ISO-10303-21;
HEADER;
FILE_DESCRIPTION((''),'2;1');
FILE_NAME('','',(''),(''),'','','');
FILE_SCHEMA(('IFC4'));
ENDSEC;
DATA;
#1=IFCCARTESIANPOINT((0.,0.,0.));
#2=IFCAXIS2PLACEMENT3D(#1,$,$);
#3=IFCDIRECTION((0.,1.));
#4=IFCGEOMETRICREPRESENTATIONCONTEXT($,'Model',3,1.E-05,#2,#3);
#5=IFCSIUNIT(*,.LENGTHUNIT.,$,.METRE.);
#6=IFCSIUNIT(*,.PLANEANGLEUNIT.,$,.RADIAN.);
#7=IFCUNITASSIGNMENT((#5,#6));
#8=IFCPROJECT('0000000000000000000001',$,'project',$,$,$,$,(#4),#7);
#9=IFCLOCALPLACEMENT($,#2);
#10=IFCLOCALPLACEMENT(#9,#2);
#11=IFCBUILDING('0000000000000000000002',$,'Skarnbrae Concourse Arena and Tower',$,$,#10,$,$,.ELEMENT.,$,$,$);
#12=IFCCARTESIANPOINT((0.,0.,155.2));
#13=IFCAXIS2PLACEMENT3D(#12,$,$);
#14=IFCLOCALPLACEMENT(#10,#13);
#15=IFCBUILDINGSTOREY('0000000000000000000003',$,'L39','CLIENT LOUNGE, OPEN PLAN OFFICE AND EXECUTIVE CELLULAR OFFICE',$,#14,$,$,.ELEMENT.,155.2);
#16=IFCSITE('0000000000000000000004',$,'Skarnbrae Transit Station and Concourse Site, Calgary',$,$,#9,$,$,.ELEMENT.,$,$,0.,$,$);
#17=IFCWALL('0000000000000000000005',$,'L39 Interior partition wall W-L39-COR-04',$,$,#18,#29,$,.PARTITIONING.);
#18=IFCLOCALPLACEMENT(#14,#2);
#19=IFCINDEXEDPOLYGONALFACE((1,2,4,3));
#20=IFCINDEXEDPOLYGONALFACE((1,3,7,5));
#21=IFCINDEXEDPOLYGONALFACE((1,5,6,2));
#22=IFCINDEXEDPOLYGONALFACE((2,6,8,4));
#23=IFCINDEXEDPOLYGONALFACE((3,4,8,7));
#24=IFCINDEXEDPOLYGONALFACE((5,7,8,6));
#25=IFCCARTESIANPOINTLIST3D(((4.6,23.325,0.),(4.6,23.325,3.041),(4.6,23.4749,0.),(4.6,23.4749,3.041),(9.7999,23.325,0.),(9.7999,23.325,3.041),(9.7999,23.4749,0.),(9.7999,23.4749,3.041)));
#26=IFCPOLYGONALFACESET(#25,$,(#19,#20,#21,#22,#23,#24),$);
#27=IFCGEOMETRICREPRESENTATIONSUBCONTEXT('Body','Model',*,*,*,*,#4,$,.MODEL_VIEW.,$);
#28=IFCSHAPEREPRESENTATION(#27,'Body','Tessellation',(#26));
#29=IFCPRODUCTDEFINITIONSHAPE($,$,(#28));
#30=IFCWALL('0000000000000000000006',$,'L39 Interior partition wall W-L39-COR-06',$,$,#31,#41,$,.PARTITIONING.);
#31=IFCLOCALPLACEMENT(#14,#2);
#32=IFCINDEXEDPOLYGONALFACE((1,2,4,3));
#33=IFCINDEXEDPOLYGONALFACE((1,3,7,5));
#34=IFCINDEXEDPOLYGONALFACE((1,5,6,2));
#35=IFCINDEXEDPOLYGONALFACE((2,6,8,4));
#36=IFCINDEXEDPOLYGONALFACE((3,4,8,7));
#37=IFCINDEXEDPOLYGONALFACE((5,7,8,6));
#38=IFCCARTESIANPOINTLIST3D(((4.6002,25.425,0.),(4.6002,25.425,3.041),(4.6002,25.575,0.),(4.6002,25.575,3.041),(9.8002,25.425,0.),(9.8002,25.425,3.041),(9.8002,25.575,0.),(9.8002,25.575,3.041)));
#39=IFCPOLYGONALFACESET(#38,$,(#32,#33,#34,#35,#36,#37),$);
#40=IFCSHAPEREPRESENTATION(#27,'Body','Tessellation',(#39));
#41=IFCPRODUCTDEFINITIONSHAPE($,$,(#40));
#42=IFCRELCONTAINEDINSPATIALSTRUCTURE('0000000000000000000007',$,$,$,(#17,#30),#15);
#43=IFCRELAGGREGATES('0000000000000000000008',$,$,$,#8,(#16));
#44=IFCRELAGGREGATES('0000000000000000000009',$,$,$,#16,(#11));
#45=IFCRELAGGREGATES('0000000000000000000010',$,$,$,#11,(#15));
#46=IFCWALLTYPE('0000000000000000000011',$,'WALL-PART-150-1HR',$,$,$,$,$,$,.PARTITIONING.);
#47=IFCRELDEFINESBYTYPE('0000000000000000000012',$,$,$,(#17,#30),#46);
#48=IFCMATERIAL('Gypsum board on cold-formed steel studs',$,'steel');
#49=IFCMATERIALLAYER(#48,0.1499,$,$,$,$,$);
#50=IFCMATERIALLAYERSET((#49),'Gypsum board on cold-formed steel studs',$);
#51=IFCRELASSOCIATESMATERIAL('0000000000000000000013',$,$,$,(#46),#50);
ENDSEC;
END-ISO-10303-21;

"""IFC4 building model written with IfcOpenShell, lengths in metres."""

from ifc_helpers import new_model, si_unit, direction, frame, frame_2d, origin, place, context, subcontext, project, spatial, rectangle, extrude, source, transform, mapped, material, layer, layer_set, type_object, element, save


model = new_model("IFC4")

# Units and contexts
model_context = context("Model", 3, precision=1e-05, world=origin(), true_north=direction((0.0, 1.0)))
body_context = subcontext(model_context, "Body", "Model", "MODEL_VIEW")
ifc_project = project(units=[si_unit("LENGTHUNIT", "METRE"), si_unit("PLANEANGLEUNIT", "RADIAN")], contexts=[model_context])

# Site, building, storey
site_placement = place(None, origin())
site = spatial("IfcSite", under=ifc_project, at=site_placement, Name="Skarnbrae Transit Station and Concourse Site, Calgary", CompositionType="ELEMENT", RefElevation=0.0)
building_placement = place(site_placement, origin())
building = spatial("IfcBuilding", under=site, at=building_placement, Name="Skarnbrae Concourse Arena and Tower", CompositionType="ELEMENT")
storey_placement = place(building_placement, frame((0.0, 0.0, 155.2)))
storey = spatial("IfcBuildingStorey", under=building, at=storey_placement, Name="L39", Description="CLIENT LOUNGE, OPEN PLAN OFFICE AND EXECUTIVE CELLULAR OFFICE", CompositionType="ELEMENT", Elevation=155.2)

# Shared definitions
ifc_material_1 = material(Name="Gypsum board on cold-formed steel studs", Category="steel")
ifc_layer_1 = layer(ifc_material_1, 0.1499)
ifc_layer_set_1 = layer_set([ifc_layer_1], Name="Gypsum board on cold-formed steel studs")
wall_type_1 = type_object("IfcWallType", Name="WALL-PART-150-1HR", PredefinedType="PARTITIONING", material=ifc_layer_set_1)

# Walls
shared_shape_1 = source(origin(), body_context, "Body", "SweptSolid", [
    extrude(rectangle(XDim=5.2, YDim=0.1499, at=frame_2d((2.6001, 0.0))), origin(), (0.0, 0.0, 1.0), 3.041),
])
for number, where, z_axis, x_axis, name in (
    (1, (9.8, 23.3999, 0.0), (0.0, 0.0, 1.0), (-1.0, 0.0, 0.0), "L39 Interior partition wall W-L39-COR-04"),
    (2, (4.6001, 25.5, 0.0), (0.0, 0.0, 1.0), (1.0, 0.0, 0.0), "L39 Interior partition wall W-L39-COR-06"),
):
    element("IfcWall", number, at=place(storey_placement, frame(where, z_axis=z_axis, x_axis=x_axis)), inside=storey, type_object=wall_type_1, Name=name, PredefinedType="PARTITIONING", context=body_context, shape_type="MappedRepresentation", body=[
        mapped(shared_shape_1, transform((0.0, 0.0, 0.0))),
    ])

save(model, "model.ifc")
